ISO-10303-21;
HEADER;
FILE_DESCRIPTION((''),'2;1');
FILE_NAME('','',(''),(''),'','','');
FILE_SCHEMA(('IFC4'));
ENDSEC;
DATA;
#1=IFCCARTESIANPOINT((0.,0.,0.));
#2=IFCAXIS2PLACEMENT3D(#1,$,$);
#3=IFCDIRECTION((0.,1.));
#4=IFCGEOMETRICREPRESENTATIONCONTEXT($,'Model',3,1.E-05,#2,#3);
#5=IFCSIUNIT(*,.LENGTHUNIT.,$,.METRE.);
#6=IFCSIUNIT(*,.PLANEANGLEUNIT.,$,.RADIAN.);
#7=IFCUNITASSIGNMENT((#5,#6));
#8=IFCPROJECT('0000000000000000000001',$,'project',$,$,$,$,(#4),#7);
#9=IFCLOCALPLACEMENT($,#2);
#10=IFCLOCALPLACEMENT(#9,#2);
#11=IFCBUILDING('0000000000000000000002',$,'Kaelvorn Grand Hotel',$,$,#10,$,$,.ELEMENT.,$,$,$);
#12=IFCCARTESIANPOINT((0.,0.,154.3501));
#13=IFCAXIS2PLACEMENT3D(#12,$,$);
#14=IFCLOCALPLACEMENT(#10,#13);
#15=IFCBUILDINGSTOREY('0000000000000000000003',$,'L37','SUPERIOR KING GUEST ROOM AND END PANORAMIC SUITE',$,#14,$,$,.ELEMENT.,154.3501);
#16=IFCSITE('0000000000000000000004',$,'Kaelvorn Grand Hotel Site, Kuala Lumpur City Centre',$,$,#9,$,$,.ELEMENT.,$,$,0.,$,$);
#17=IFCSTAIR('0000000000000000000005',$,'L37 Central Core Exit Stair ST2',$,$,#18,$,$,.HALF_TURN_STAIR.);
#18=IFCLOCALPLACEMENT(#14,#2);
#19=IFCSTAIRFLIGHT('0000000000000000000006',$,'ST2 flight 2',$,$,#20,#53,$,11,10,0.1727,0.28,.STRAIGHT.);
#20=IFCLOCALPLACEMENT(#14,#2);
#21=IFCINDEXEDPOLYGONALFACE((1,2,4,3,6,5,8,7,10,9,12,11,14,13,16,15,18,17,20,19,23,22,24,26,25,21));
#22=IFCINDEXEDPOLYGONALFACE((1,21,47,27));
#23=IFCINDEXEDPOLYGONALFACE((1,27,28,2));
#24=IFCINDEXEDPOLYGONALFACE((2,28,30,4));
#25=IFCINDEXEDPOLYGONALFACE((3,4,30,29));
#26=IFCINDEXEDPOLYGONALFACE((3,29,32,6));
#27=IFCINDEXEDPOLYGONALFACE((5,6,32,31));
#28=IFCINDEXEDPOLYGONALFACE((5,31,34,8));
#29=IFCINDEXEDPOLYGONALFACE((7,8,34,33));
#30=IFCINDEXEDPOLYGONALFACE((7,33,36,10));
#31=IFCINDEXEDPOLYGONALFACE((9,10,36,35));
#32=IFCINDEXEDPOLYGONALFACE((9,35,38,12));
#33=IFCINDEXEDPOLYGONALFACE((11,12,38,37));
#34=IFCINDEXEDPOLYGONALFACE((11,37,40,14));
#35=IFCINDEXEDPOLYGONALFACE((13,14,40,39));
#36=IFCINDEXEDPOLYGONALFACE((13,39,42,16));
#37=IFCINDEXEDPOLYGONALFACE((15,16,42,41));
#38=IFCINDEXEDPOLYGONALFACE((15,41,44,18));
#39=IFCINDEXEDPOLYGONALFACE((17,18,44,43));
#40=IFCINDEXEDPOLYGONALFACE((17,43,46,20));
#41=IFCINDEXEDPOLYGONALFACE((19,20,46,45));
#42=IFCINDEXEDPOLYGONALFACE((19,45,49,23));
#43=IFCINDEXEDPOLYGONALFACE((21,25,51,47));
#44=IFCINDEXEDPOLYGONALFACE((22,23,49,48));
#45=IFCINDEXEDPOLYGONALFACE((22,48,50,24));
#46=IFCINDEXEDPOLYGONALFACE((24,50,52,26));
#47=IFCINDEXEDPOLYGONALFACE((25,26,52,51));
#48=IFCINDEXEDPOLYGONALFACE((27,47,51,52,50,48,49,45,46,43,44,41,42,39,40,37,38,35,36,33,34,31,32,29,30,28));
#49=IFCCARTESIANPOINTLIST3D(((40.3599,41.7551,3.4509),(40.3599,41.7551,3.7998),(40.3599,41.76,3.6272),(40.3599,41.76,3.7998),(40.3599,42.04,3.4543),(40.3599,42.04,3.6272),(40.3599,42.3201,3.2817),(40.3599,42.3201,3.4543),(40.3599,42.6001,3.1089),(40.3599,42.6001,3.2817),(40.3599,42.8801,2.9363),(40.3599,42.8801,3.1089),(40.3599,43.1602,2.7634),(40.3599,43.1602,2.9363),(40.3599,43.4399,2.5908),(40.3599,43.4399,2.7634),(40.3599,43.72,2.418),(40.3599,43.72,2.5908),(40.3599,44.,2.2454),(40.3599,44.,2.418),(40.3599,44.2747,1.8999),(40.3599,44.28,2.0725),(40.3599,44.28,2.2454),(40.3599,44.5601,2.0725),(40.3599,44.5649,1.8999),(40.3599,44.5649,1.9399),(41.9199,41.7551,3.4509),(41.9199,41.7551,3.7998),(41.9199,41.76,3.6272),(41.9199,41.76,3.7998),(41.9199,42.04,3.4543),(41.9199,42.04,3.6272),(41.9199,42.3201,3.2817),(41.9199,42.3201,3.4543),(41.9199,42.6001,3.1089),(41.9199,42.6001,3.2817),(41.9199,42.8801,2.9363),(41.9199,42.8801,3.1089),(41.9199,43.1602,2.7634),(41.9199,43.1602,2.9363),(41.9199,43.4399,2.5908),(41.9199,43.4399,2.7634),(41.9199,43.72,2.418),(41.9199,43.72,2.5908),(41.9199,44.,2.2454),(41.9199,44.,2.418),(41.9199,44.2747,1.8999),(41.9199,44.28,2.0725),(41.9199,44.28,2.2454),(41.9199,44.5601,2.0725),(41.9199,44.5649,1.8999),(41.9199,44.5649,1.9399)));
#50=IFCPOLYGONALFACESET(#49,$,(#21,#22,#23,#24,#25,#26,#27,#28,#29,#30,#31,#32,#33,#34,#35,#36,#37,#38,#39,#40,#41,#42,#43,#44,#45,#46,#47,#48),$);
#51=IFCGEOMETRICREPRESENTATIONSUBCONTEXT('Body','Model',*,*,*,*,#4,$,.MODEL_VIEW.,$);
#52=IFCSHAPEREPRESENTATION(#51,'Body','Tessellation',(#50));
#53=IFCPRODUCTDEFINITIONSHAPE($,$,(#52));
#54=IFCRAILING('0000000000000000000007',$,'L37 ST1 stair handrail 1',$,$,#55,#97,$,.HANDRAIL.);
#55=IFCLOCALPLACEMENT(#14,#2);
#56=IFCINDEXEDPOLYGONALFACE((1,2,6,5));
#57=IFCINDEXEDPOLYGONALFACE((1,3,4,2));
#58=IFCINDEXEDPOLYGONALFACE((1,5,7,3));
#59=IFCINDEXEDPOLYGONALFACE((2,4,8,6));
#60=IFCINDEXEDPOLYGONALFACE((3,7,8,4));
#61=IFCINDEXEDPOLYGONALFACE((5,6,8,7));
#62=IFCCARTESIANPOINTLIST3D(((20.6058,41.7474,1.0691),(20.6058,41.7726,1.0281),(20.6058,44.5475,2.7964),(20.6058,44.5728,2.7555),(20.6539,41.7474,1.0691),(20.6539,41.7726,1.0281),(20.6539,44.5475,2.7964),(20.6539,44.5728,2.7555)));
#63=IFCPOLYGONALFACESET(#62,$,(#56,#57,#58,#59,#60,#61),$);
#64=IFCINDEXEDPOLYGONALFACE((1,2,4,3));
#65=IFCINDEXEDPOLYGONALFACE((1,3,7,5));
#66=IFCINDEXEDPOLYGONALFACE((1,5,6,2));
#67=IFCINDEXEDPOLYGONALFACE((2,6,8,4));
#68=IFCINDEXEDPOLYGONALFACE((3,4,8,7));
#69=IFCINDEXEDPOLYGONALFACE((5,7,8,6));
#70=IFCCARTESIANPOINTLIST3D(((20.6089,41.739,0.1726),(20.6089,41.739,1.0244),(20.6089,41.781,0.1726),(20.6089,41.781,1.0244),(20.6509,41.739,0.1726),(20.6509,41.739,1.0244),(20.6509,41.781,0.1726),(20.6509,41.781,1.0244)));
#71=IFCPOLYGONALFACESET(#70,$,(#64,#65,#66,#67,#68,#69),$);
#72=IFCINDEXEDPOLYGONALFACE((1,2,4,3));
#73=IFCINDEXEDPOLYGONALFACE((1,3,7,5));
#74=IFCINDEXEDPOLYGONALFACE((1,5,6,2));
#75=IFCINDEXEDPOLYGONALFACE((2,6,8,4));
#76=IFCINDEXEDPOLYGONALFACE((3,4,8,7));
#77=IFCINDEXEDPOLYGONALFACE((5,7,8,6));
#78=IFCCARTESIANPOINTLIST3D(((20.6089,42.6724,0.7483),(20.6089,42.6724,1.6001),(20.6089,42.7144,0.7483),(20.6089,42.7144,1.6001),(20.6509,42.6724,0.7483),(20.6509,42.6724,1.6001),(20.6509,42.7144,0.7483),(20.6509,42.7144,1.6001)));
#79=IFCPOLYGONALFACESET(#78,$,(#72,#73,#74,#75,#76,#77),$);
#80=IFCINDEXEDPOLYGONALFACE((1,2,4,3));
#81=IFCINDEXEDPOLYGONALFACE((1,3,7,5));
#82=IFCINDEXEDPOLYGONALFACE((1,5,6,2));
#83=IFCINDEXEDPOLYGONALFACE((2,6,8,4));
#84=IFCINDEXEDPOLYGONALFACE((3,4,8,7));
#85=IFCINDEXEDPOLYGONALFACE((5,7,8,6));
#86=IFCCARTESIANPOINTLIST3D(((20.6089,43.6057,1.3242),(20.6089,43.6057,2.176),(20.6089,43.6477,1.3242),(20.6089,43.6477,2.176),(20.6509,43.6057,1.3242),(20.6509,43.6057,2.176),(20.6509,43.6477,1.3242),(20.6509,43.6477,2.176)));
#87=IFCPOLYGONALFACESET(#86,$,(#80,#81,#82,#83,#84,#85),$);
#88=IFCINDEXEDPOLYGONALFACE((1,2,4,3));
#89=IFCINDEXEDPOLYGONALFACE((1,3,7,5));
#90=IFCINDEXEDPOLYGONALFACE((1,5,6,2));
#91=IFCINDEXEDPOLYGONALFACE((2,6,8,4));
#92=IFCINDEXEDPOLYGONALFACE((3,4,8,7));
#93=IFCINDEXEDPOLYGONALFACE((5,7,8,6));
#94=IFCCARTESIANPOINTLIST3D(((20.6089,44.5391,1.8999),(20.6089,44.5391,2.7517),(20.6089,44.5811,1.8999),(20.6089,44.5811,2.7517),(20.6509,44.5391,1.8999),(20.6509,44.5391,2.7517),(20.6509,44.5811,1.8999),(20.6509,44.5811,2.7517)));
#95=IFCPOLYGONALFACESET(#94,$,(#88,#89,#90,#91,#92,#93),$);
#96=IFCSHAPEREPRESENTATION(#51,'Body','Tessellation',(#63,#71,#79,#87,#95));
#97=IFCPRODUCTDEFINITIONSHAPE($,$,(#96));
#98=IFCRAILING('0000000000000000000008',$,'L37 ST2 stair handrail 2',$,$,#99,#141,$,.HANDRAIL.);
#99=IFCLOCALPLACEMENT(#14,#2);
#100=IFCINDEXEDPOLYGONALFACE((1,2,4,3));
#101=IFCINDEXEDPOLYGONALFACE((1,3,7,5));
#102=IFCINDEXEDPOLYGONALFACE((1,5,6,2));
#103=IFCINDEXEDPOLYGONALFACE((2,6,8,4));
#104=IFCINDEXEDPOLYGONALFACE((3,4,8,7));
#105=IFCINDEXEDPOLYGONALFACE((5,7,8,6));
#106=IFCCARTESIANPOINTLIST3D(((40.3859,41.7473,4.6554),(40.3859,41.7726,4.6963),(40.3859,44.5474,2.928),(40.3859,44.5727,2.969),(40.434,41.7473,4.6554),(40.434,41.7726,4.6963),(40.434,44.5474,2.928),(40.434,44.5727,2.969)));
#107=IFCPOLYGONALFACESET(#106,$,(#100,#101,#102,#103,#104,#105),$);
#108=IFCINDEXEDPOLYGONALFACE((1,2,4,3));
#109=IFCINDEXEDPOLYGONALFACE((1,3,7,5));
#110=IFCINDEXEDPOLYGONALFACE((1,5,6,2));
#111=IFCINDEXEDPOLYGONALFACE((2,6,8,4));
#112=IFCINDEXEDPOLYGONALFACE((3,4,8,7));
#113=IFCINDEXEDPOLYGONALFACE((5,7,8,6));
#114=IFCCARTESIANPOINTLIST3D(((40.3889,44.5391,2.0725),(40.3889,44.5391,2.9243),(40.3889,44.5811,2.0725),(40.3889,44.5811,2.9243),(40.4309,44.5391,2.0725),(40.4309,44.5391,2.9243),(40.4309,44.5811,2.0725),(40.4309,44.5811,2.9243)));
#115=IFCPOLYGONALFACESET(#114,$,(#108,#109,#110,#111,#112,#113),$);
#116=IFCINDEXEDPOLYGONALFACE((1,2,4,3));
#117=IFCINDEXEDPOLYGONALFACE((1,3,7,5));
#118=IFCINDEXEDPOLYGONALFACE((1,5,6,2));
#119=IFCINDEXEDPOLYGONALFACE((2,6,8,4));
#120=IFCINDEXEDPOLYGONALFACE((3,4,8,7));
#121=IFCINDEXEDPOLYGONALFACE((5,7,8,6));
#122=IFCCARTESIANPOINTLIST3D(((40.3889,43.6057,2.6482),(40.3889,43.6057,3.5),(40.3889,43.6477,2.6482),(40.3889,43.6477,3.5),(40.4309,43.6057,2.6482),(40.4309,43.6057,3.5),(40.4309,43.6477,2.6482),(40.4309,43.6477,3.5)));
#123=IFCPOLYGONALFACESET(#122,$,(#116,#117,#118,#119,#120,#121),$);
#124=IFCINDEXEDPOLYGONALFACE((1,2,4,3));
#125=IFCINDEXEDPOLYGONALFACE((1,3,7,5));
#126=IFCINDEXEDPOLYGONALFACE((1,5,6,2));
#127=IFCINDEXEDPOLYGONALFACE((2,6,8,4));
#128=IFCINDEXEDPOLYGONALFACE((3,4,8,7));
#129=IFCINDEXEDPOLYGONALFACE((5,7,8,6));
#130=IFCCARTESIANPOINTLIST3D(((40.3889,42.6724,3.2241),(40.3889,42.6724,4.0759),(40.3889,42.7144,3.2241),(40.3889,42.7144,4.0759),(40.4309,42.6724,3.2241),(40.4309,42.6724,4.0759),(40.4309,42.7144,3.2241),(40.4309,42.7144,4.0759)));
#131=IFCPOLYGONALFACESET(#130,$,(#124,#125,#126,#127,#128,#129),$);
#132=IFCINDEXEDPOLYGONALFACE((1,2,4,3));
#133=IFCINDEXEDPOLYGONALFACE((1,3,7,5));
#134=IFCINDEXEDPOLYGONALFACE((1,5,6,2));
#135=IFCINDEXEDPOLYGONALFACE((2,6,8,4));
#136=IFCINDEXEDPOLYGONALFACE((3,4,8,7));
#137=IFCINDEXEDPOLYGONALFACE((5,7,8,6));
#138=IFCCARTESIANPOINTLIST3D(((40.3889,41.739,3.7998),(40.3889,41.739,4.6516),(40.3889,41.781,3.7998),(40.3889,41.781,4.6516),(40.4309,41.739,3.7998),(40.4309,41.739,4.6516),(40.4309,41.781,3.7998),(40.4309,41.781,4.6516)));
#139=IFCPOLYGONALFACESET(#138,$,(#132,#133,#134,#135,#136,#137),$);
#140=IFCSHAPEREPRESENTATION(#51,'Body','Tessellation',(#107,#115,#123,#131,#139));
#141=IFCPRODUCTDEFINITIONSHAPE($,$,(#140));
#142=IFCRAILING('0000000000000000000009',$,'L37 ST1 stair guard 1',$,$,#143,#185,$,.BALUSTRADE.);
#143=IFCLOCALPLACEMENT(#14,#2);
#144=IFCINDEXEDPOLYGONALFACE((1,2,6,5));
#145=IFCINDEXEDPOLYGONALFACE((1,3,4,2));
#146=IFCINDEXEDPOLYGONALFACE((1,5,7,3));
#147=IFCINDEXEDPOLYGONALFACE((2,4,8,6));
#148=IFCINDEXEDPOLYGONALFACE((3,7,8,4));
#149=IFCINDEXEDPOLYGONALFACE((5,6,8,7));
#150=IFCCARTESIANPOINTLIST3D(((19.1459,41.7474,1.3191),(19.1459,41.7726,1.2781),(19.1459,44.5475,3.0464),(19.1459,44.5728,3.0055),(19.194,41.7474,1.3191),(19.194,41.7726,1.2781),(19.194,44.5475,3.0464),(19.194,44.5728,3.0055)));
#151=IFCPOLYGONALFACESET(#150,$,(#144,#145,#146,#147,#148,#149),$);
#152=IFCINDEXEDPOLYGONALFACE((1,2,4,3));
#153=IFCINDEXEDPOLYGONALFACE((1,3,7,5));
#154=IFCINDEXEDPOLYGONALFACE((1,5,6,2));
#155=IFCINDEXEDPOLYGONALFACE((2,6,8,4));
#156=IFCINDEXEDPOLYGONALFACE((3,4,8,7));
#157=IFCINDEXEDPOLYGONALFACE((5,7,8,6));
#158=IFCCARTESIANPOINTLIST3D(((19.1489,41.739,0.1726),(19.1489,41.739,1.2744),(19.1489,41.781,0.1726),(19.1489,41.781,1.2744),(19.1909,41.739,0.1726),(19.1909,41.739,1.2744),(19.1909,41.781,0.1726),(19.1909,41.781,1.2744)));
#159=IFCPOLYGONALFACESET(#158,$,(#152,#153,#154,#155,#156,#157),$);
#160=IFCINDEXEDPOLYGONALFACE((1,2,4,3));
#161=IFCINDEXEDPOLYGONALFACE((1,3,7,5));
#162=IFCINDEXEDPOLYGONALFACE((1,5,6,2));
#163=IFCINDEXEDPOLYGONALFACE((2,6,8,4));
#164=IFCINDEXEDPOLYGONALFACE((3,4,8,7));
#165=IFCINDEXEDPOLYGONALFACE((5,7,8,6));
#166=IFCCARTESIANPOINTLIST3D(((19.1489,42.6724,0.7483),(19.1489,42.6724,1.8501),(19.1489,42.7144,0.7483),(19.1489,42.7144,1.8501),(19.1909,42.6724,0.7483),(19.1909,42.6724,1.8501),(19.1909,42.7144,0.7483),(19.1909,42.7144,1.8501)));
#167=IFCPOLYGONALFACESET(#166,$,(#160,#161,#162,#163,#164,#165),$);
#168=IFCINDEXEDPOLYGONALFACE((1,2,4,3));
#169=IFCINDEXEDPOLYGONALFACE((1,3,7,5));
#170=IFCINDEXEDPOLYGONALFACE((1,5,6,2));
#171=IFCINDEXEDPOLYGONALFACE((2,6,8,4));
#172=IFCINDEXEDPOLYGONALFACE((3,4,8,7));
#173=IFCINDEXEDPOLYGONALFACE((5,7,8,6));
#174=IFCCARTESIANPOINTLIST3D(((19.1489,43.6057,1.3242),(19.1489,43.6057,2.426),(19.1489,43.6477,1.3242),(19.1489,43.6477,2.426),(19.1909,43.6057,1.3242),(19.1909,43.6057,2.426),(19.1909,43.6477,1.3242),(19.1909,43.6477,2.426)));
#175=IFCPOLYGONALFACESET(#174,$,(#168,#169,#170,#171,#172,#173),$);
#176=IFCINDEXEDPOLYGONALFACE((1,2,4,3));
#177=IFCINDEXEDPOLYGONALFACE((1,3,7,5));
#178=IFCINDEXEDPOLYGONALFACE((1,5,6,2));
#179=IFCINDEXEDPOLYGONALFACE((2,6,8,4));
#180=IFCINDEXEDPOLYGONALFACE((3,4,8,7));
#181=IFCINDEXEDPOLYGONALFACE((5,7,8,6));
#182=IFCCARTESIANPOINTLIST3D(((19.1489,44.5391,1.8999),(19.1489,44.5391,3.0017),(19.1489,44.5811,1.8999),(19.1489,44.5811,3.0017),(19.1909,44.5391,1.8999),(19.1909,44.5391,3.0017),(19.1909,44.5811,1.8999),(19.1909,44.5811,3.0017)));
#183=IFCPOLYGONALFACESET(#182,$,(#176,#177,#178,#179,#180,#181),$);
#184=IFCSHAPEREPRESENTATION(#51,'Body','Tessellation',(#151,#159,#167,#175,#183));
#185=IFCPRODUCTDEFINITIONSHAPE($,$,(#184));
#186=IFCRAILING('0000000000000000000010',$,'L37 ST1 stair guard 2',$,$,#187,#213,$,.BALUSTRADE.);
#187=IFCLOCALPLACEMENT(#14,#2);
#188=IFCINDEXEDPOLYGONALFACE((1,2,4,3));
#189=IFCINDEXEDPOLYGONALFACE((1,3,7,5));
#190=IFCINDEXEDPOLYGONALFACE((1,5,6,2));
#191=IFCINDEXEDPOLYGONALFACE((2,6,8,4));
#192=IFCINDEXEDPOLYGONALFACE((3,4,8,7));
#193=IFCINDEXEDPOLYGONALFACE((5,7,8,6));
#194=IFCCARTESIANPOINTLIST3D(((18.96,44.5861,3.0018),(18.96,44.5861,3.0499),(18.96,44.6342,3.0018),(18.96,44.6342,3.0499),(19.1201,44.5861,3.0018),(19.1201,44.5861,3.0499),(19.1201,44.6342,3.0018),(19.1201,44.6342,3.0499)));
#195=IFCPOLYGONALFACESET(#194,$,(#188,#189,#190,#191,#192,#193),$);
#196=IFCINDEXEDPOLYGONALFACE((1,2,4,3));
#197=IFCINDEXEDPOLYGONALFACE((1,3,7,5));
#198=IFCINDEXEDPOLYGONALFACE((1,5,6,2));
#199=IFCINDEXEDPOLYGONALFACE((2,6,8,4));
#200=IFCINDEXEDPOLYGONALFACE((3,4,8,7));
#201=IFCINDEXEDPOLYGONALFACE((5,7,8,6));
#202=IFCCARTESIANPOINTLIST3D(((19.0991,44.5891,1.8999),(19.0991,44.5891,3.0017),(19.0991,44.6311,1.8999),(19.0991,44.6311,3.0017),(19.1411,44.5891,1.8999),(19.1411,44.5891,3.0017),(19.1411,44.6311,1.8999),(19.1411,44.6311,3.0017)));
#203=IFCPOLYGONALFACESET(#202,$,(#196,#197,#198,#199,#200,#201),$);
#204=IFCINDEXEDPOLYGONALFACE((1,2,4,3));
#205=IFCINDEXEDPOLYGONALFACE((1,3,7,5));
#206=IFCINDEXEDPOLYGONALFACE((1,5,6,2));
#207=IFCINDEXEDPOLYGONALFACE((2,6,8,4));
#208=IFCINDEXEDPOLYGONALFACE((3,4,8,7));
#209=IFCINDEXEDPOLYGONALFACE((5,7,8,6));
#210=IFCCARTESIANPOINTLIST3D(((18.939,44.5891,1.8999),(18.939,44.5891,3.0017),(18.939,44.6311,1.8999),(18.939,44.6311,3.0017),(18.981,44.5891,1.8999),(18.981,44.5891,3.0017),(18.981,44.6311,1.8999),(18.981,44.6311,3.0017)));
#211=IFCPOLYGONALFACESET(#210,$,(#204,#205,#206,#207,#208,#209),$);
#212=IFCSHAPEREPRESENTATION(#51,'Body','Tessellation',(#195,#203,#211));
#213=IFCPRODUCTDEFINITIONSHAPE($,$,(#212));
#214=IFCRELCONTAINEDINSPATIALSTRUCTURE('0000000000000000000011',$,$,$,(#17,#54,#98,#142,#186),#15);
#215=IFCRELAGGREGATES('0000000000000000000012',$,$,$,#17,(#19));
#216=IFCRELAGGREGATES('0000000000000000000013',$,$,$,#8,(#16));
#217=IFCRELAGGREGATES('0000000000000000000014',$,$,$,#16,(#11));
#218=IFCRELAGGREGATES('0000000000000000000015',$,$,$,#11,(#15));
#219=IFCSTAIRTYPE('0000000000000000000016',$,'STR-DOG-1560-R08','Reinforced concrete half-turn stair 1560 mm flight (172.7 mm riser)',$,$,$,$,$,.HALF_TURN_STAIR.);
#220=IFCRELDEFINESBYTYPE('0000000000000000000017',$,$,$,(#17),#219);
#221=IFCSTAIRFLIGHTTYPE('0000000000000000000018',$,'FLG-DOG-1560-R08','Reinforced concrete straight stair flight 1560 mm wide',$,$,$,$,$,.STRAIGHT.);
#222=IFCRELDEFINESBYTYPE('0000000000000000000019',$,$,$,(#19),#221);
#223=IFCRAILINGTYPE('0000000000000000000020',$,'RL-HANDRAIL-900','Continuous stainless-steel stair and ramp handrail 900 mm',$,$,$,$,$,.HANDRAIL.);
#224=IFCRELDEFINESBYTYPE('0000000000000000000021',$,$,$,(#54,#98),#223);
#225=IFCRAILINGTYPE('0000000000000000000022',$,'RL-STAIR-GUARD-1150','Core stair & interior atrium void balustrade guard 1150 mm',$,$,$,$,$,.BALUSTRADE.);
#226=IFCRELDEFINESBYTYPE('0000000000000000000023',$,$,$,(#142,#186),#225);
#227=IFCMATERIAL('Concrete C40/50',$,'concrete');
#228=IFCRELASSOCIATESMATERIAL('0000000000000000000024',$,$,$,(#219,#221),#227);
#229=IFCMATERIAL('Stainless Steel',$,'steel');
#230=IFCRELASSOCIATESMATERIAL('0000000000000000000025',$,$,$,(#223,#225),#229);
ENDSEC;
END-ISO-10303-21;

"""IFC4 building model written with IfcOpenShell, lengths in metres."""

from ifc_helpers import new_model, si_unit, direction, frame, origin, origin_2d, place, context, subcontext, project, spatial, polyline, rectangle, outline, extrude, material, type_object, element, aggregate, save


model = new_model("IFC4")

# Units and contexts
model_context = context("Model", 3, precision=1e-05, world=origin(), true_north=direction((0.0, 1.0)))
body_context = subcontext(model_context, "Body", "Model", "MODEL_VIEW")
ifc_project = project(units=[si_unit("LENGTHUNIT", "METRE"), si_unit("PLANEANGLEUNIT", "RADIAN")], contexts=[model_context])

# Site, building, storey
site_placement = place(None, origin())
site = spatial("IfcSite", under=ifc_project, at=site_placement, Name="Kaelvorn Grand Hotel Site, Kuala Lumpur City Centre", CompositionType="ELEMENT", RefElevation=0.0)
building_placement = place(site_placement, origin())
building = spatial("IfcBuilding", under=site, at=building_placement, Name="Kaelvorn Grand Hotel", CompositionType="ELEMENT")
storey_placement = place(building_placement, frame((0.0, 0.0, 154.3501)))
storey = spatial("IfcBuildingStorey", under=building, at=storey_placement, Name="L37", Description="SUPERIOR KING GUEST ROOM AND END PANORAMIC SUITE", CompositionType="ELEMENT", Elevation=154.3501)

# Shared definitions
ifc_material_1 = material(Name="Concrete C40/50", Category="concrete")

# Stair, stair flight
stair_type = type_object("IfcStairType", Name="STR-DOG-1560-R08", Description="Reinforced concrete half-turn stair 1560 mm flight (172.7 mm riser)", PredefinedType="HALF_TURN_STAIR", material=ifc_material_1)
stair_flight_type = type_object("IfcStairFlightType", Name="FLG-DOG-1560-R08", Description="Reinforced concrete straight stair flight 1560 mm wide", PredefinedType="STRAIGHT", material=ifc_material_1)
stair_1_placement = place(storey_placement, origin())
stair_1 = element("IfcStair", 1, at=stair_1_placement, inside=storey, type_object=stair_type, Name="L37 Central Core Exit Stair ST2", PredefinedType="HALF_TURN_STAIR")
stair_flight_1_placement = place(storey_placement, frame((41.1399, 44.5601, 1.8999), z_axis=(0.0, 0.0, 1.0), x_axis=(0.0, -1.0, 0.0)))
stair_flight_1 = element("IfcStairFlight", 2, at=stair_flight_1_placement, type_object=stair_flight_type, Name="ST2 flight 2", NumberOfRisers=11, NumberOfTreads=10, PredefinedType="STRAIGHT", RiserHeight=0.1727, TreadLength=0.28, context=body_context, shape_type="SweptSolid", body=[
    extrude(outline(polyline([(-0.0049, 0.0), (-0.0049, 0.04), (0.0, 0.1726), (0.28, 0.1726), (0.28, 0.3455), (0.5601, 0.3455), (0.5601, 0.5181), (0.8401, 0.5181), (0.8401, 0.6909), (1.1201, 0.6909), (1.1201, 0.8635), (1.3999, 0.8635), (1.3999, 1.0364), (1.6799, 1.0364), (1.6799, 1.209), (1.96, 1.209), (1.96, 1.3818), (2.24, 1.3818), (2.24, 1.5544), (2.52, 1.5544), (2.52, 1.7273), (2.8, 1.7273), (2.8, 1.8999), (2.8049, 1.8999), (2.8049, 1.551), (0.2854, 0.0), (-0.0049, 0.0)])), frame((0.0, 0.78, 0.0), z_axis=(0.0, -1.0, 0.0), x_axis=(1.0, 0.0, 0.0)), (0.0, 0.0, 1.0), 1.5601),
])
aggregate(stair_1, [stair_flight_1])

# Railings
ifc_material_2 = material(Name="Stainless Steel", Category="steel")
railing_type_1 = type_object("IfcRailingType", Name="RL-HANDRAIL-900", Description="Continuous stainless-steel stair and ramp handrail 900 mm", PredefinedType="HANDRAIL", material=ifc_material_2)
railing_1_placement = place(storey_placement, frame((20.6299, 41.76, 0.1726)))
element("IfcRailing", 3, at=railing_1_placement, inside=storey, type_object=railing_type_1, Name="L37 ST1 stair handrail 1", PredefinedType="HANDRAIL", context=body_context, shape_type="SweptSolid", body=[
    extrude(rectangle(XDim=0.0481, YDim=0.0481, at=origin_2d()), frame((0.0, 0.0, 0.876), z_axis=(0.0, 0.85109, 0.52502), x_axis=(-1.0, 0.0, 0.0)), (0.0, 0.0, 1.0), 3.29),
    extrude(rectangle(XDim=0.042, YDim=0.042, at=origin_2d()), origin(), (0.0, 0.0, 1.0), 0.8518),
    extrude(rectangle(XDim=0.042, YDim=0.042, at=origin_2d()), frame((0.0, 0.9333, 0.5757)), (0.0, 0.0, 1.0), 0.8518),
    extrude(rectangle(XDim=0.042, YDim=0.042, at=origin_2d()), frame((0.0, 1.8667, 1.1516)), (0.0, 0.0, 1.0), 0.8518),
    extrude(rectangle(XDim=0.042, YDim=0.042, at=origin_2d()), frame((0.0, 2.8, 1.7273)), (0.0, 0.0, 1.0), 0.8518),
])
railing_2_placement = place(storey_placement, frame((40.4099, 44.5601, 2.0725)))
element("IfcRailing", 4, at=railing_2_placement, inside=storey, type_object=railing_type_1, Name="L37 ST2 stair handrail 2", PredefinedType="HANDRAIL", context=body_context, shape_type="SweptSolid", body=[
    extrude(rectangle(XDim=0.0481, YDim=0.0481, at=origin_2d()), frame((0.0, 0.0, 0.876), z_axis=(0.0, -0.85109, 0.52502), x_axis=(1.0, 0.0, 0.0)), (0.0, 0.0, 1.0), 3.29),
    extrude(rectangle(XDim=0.042, YDim=0.042, at=origin_2d()), origin(), (0.0, 0.0, 1.0), 0.8518),
    extrude(rectangle(XDim=0.042, YDim=0.042, at=origin_2d()), frame((0.0, -0.9333, 0.5757)), (0.0, 0.0, 1.0), 0.8518),
    extrude(rectangle(XDim=0.042, YDim=0.042, at=origin_2d()), frame((0.0, -1.8667, 1.1516)), (0.0, 0.0, 1.0), 0.8518),
    extrude(rectangle(XDim=0.042, YDim=0.042, at=origin_2d()), frame((0.0, -2.8, 1.7273)), (0.0, 0.0, 1.0), 0.8518),
])
railing_type_2 = type_object("IfcRailingType", Name="RL-STAIR-GUARD-1150", Description="Core stair & interior atrium void balustrade guard 1150 mm", PredefinedType="BALUSTRADE", material=ifc_material_2)
railing_3_placement = place(storey_placement, frame((19.1699, 41.76, 0.1726)))
element("IfcRailing", 5, at=railing_3_placement, inside=storey, type_object=railing_type_2, Name="L37 ST1 stair guard 1", PredefinedType="BALUSTRADE", context=body_context, shape_type="SweptSolid", body=[
    extrude(rectangle(XDim=0.0481, YDim=0.0481, at=origin_2d()), frame((0.0, 0.0, 1.126), z_axis=(0.0, 0.85109, 0.52502), x_axis=(-1.0, 0.0, 0.0)), (0.0, 0.0, 1.0), 3.29),
    extrude(rectangle(XDim=0.042, YDim=0.042, at=origin_2d()), origin(), (0.0, 0.0, 1.0), 1.1018),
    extrude(rectangle(XDim=0.042, YDim=0.042, at=origin_2d()), frame((0.0, 0.9333, 0.5757)), (0.0, 0.0, 1.0), 1.1018),
    extrude(rectangle(XDim=0.042, YDim=0.042, at=origin_2d()), frame((0.0, 1.8667, 1.1516)), (0.0, 0.0, 1.0), 1.1018),
    extrude(rectangle(XDim=0.042, YDim=0.042, at=origin_2d()), frame((0.0, 2.8, 1.7273)), (0.0, 0.0, 1.0), 1.1018),
])
for number, where, name in (
    (6, (19.1201, 44.6101, 1.8999), "L37 ST1 stair guard 2"),
):
    element("IfcRailing", number, at=place(storey_placement, frame(where)), inside=storey, type_object=railing_type_2, Name=name, PredefinedType="BALUSTRADE", context=body_context, shape_type="SweptSolid", body=[
        extrude(rectangle(XDim=0.0481, YDim=0.0481, at=origin_2d()), frame((0.0, 0.0, 1.126), z_axis=(-1.0, 0.0, 0.0), x_axis=(0.0, -1.0, 0.0)), (0.0, 0.0, 1.0), 0.1602),
        extrude(rectangle(XDim=0.042, YDim=0.042, at=origin_2d()), origin(), (0.0, 0.0, 1.0), 1.1018),
        extrude(rectangle(XDim=0.042, YDim=0.042, at=origin_2d()), frame((-0.1602, 0.0, 0.0)), (0.0, 0.0, 1.0), 1.1018),
    ])

save(model, "model.ifc")
